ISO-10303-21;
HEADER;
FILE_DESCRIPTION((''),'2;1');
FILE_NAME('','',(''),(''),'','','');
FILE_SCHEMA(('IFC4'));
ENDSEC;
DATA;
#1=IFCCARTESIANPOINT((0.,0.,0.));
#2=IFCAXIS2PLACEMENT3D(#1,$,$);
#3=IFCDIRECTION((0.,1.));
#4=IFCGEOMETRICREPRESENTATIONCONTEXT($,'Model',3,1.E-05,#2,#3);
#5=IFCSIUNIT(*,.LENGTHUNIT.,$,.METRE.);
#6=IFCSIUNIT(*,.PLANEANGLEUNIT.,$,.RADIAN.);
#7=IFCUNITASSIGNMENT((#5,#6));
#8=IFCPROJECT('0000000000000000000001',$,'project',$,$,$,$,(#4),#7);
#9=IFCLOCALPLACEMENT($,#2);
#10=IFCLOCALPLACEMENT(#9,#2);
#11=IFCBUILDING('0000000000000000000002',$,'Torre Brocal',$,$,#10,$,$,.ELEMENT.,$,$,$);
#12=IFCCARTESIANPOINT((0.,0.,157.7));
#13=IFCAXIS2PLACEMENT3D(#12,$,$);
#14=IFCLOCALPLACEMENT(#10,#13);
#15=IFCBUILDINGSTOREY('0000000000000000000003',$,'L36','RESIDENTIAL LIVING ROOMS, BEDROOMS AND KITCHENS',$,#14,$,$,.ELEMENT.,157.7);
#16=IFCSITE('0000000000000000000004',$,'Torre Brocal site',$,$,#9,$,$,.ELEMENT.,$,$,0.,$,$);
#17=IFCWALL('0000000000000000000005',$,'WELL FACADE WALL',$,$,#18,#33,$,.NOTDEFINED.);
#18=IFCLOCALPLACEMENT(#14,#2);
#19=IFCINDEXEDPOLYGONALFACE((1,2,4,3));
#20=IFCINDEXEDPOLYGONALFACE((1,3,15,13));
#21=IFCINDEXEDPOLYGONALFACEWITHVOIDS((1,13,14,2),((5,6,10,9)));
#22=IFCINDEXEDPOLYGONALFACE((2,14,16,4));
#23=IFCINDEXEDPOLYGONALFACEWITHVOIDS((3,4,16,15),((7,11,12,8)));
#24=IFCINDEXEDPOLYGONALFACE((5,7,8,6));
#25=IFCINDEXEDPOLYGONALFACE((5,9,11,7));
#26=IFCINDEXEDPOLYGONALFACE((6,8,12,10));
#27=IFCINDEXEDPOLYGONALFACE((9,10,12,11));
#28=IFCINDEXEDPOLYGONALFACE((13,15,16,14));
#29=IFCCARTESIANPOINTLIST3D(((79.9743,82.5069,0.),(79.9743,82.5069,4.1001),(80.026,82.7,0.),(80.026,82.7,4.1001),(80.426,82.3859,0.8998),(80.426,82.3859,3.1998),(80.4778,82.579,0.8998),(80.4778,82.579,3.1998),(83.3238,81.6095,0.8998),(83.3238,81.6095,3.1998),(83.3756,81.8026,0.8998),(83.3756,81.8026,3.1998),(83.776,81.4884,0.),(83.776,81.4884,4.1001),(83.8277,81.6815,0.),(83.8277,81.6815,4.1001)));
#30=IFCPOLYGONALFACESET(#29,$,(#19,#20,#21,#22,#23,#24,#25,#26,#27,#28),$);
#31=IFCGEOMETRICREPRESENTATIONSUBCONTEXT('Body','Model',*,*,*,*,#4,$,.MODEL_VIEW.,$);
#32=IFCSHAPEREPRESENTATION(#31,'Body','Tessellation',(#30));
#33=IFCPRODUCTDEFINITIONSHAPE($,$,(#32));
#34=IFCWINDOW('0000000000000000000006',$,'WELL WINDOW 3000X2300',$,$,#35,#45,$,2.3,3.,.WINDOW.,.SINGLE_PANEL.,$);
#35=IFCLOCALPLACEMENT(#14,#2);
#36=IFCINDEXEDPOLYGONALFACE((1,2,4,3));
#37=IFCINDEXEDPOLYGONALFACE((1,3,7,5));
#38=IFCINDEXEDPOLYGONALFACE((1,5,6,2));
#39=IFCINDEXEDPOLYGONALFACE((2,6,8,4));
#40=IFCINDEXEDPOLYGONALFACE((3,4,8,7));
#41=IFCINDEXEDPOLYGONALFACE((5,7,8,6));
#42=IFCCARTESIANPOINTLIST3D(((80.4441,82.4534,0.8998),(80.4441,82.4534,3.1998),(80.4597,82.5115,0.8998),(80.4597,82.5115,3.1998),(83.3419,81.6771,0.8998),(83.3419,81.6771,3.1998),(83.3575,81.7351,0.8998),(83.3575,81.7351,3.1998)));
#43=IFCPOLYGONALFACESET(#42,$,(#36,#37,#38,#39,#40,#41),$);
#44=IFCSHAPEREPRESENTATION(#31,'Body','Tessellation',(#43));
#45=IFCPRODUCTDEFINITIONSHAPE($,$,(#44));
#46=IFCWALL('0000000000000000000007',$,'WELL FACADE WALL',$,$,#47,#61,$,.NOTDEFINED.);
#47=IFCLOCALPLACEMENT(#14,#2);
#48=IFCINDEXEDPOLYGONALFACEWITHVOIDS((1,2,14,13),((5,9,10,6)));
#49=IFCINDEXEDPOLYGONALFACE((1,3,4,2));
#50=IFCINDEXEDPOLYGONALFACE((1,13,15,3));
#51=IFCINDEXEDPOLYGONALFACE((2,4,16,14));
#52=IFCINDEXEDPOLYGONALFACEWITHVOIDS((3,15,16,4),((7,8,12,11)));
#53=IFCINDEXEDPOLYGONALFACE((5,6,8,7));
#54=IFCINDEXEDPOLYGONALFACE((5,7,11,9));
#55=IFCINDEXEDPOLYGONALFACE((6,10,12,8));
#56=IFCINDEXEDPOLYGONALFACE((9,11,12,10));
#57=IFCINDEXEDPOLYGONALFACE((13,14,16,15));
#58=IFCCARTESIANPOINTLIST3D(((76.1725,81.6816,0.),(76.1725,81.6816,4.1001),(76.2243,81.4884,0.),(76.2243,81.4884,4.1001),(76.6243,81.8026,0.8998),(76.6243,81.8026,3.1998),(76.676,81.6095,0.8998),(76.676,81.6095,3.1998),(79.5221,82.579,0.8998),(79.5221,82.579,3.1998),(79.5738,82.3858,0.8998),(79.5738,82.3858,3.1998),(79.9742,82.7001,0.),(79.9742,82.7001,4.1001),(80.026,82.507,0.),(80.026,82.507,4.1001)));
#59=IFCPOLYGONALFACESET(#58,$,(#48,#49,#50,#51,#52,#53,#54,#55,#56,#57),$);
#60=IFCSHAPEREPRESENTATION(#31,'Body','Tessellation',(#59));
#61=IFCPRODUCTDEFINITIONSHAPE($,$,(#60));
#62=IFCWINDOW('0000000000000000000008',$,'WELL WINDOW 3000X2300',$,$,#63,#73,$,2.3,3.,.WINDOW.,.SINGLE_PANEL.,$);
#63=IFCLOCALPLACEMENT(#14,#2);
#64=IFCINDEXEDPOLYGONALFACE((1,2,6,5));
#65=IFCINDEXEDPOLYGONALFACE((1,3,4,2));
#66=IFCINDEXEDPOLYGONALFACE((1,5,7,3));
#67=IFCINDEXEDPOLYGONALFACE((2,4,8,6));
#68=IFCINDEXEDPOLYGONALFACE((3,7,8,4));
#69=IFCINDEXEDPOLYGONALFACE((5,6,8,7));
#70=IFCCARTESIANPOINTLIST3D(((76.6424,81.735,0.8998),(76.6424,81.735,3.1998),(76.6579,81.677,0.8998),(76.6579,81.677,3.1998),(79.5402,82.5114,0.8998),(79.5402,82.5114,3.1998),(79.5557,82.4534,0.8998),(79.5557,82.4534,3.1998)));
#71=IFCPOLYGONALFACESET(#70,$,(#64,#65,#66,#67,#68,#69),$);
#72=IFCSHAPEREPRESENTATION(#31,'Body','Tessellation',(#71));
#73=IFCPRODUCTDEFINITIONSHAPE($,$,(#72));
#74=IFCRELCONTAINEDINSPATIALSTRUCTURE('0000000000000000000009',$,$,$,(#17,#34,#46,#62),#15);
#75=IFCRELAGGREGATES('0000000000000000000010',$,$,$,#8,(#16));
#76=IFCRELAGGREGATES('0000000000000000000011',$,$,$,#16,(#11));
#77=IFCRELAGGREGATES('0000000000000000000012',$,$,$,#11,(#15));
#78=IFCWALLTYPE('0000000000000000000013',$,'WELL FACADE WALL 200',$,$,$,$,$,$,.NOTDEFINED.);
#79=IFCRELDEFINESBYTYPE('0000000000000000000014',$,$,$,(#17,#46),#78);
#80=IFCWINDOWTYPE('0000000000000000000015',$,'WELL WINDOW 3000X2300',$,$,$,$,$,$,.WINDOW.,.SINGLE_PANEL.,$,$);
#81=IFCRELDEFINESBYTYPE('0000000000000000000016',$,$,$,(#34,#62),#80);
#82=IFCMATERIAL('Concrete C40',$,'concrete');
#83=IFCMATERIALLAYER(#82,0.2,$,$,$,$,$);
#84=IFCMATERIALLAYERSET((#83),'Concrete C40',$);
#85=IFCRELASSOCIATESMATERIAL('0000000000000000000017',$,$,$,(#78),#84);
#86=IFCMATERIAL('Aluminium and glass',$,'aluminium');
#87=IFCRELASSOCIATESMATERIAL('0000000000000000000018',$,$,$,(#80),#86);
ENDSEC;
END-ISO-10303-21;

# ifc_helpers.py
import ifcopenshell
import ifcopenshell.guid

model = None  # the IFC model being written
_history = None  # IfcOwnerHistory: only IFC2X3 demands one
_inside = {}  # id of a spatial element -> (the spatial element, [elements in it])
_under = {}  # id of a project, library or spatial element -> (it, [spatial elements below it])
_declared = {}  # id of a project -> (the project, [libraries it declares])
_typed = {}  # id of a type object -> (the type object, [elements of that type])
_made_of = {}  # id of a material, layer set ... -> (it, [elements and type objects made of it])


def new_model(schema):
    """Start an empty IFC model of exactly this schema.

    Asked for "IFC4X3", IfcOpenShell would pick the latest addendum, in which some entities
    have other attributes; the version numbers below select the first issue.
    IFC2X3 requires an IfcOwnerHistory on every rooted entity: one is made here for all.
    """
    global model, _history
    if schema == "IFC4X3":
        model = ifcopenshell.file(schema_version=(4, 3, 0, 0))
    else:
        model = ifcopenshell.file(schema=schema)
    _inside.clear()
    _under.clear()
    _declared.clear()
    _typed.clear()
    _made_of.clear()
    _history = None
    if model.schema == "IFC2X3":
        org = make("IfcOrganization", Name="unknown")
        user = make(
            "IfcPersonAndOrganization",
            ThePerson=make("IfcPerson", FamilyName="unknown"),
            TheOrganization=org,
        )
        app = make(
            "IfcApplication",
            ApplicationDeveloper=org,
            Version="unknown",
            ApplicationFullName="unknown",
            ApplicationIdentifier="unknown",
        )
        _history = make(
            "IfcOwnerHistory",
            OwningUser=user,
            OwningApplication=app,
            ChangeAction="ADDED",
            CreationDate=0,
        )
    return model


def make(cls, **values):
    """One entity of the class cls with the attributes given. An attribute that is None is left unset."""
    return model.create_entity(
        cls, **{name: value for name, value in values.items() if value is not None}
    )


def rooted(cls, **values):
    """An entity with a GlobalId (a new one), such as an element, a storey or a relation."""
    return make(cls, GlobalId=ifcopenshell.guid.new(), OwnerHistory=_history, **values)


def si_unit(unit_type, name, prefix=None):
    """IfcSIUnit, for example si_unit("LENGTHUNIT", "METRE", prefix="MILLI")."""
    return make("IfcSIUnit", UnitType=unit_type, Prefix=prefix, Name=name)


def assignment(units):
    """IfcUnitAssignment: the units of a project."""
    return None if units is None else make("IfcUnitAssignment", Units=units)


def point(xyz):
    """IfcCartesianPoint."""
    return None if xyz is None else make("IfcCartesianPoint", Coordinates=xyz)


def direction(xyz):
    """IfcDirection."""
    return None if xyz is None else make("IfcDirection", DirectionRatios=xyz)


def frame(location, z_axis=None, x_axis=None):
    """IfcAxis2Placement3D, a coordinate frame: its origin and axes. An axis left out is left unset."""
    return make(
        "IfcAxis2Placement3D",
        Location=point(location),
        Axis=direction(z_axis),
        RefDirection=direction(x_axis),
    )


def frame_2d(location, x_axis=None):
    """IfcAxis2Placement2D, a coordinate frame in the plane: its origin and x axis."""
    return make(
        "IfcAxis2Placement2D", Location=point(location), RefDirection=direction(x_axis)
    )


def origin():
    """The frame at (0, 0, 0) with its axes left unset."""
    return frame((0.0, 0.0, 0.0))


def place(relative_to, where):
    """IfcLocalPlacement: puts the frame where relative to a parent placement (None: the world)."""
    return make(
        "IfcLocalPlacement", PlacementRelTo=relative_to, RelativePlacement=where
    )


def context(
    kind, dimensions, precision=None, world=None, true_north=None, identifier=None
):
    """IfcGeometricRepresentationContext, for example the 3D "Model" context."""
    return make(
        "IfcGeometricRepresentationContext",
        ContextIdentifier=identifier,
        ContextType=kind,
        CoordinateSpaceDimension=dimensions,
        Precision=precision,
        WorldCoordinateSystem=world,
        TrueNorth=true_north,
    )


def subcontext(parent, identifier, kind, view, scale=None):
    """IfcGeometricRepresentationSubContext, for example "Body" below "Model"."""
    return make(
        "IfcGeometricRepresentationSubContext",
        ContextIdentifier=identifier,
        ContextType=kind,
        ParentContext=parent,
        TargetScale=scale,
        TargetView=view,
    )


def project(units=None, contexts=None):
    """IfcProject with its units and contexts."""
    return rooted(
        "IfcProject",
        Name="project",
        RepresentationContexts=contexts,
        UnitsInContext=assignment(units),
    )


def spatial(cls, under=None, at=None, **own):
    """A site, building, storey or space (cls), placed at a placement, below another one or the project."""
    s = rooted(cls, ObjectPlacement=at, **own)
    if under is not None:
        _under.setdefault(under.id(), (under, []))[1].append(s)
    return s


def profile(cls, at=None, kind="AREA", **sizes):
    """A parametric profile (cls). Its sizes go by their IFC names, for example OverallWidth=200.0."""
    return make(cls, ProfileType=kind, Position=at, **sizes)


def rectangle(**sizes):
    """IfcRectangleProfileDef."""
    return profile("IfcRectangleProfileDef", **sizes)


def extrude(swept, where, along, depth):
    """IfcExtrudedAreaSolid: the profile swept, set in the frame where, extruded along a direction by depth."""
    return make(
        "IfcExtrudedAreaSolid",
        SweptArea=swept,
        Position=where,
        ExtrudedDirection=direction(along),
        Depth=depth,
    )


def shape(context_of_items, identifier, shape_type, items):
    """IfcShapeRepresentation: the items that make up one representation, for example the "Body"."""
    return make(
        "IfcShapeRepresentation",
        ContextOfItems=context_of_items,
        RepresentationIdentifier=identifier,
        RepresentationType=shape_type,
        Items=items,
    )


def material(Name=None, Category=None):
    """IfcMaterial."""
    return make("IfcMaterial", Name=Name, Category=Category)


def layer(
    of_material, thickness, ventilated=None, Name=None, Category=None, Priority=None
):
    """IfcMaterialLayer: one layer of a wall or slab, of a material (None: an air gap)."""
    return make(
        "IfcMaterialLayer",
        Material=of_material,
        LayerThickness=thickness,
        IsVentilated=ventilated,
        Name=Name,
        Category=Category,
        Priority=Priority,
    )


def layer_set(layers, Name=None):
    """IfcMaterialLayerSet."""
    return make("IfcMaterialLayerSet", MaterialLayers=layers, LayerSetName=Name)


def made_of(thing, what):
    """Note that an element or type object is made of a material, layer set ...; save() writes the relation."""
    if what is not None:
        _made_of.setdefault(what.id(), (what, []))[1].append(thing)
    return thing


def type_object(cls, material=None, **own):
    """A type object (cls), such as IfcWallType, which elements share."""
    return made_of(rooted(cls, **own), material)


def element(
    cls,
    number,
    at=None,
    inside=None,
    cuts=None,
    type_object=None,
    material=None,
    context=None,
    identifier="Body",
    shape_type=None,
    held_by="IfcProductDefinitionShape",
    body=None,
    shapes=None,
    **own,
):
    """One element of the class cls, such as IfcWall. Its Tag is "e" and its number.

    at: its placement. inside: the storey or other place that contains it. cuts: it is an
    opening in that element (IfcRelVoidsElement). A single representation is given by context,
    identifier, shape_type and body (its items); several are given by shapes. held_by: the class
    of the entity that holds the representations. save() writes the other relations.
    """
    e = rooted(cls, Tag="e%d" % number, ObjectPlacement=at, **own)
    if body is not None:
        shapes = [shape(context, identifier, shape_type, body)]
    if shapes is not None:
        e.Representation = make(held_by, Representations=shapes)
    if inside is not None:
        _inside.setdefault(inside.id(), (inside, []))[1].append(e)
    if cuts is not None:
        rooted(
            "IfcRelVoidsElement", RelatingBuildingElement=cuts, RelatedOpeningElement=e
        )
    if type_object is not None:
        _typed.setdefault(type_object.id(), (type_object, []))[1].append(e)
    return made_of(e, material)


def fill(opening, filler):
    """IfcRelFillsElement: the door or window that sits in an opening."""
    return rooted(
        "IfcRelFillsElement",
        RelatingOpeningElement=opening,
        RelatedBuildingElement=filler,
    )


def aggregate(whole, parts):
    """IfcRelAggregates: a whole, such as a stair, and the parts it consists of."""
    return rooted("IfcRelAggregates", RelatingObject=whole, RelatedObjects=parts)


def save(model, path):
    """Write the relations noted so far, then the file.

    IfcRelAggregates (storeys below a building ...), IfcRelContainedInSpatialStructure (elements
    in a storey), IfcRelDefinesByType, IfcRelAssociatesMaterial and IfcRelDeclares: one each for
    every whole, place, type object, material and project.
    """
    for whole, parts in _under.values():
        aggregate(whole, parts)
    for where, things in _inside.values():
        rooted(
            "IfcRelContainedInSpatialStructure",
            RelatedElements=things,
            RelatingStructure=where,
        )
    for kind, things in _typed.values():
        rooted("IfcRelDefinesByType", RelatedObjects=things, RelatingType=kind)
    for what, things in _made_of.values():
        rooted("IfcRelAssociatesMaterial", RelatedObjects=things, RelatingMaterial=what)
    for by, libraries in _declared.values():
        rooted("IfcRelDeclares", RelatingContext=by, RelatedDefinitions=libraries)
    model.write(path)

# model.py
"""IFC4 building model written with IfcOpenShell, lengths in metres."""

from ifc_helpers import new_model, si_unit, direction, frame, frame_2d, origin, place, context, subcontext, project, spatial, rectangle, extrude, material, layer, layer_set, type_object, element, fill, save


model = new_model("IFC4")

# Units and contexts
model_context = context("Model", 3, precision=1e-05, world=origin(), true_north=direction((0.0, 1.0)))
body_context = subcontext(model_context, "Body", "Model", "MODEL_VIEW")
ifc_project = project(units=[si_unit("LENGTHUNIT", "METRE"), si_unit("PLANEANGLEUNIT", "RADIAN")], contexts=[model_context])

# Site, building, storey
site_placement = place(None, origin())
site = spatial("IfcSite", under=ifc_project, at=site_placement, Name="Torre Brocal site", CompositionType="ELEMENT", RefElevation=0.0)
building_placement = place(site_placement, origin())
building = spatial("IfcBuilding", under=site, at=building_placement, Name="Torre Brocal", CompositionType="ELEMENT")
storey_placement = place(building_placement, frame((0.0, 0.0, 157.7)))
storey = spatial("IfcBuildingStorey", under=building, at=storey_placement, Name="L36", Description="RESIDENTIAL LIVING ROOMS, BEDROOMS AND KITCHENS", CompositionType="ELEMENT", Elevation=157.7)

# Walls, openings, windows
ifc_material_1 = material(Name="Concrete C40", Category="concrete")
ifc_layer_1 = layer(ifc_material_1, 0.2)
ifc_layer_set_1 = layer_set([ifc_layer_1], Name="Concrete C40")
wall_type_1 = type_object("IfcWallType", Name="WELL FACADE WALL 200", PredefinedType="NOTDEFINED", material=ifc_layer_set_1)
ifc_material_2 = material(Name="Aluminium and glass", Category="aluminium")
window_type = type_object("IfcWindowType", Name="WELL WINDOW 3000X2300", PartitioningType="SINGLE_PANEL", PredefinedType="WINDOW", material=ifc_material_2)
wall_1_placement = place(storey_placement, frame((83.8018, 81.585, 0.0), z_axis=(0.0, 0.0, 1.0), x_axis=(-0.965934, 0.25879, 0.0)))
wall_1 = element("IfcWall", 1, at=wall_1_placement, inside=storey, type_object=wall_type_1, Name="WELL FACADE WALL", PredefinedType="NOTDEFINED", context=body_context, shape_type="SweptSolid", body=[
    extrude(rectangle(XDim=3.9358, YDim=0.2, at=frame_2d((1.9678, 0.0))), origin(), (0.0, 0.0, 1.0), 4.1001),
])
opening_1_placement = place(wall_1_placement, frame((0.468, 0.0, 0.8999)))
opening_1 = element("IfcOpeningElement", 2, at=opening_1_placement, cuts=wall_1, PredefinedType="OPENING", context=body_context, shape_type="SweptSolid", body=[
    extrude(rectangle(XDim=3.0, YDim=2.3, at=frame_2d((1.5, 1.1499))), frame((0.0, 0.1099, 0.0), z_axis=(0.0, -1.0, 0.0), x_axis=(1.0, 0.0, 0.0)), (0.0, 0.0, 1.0), 0.22),
])
window_1_placement = place(opening_1_placement, origin())
window_1 = element("IfcWindow", 3, at=window_1_placement, inside=storey, type_object=window_type, Name="WELL WINDOW 3000X2300", OverallHeight=2.3, OverallWidth=3.0, PartitioningType="SINGLE_PANEL", PredefinedType="WINDOW", context=body_context, shape_type="SweptSolid", body=[
    extrude(rectangle(XDim=3.0, YDim=2.3, at=frame_2d((1.5, 1.1499))), frame((0.0, 0.03, 0.0), z_axis=(0.0, -1.0, 0.0), x_axis=(1.0, 0.0, 0.0)), (0.0, 0.0, 1.0), 0.0601),
])
fill(opening_1, window_1)
wall_2_placement = place(storey_placement, frame((80.0, 82.6035, 0.0), z_axis=(0.0, 0.0, 1.0), x_axis=(-0.965934, -0.25879, 0.0)))
wall_2 = element("IfcWall", 4, at=wall_2_placement, inside=storey, type_object=wall_type_1, Name="WELL FACADE WALL", PredefinedType="NOTDEFINED", context=body_context, shape_type="SweptSolid", body=[
    extrude(rectangle(XDim=3.9358, YDim=0.2, at=frame_2d((1.9678, 0.0))), origin(), (0.0, 0.0, 1.0), 4.1001),
])
opening_2_placement = place(wall_2_placement, frame((0.468, 0.0, 0.8999)))
opening_2 = element("IfcOpeningElement", 5, at=opening_2_placement, cuts=wall_2, PredefinedType="OPENING", context=body_context, shape_type="SweptSolid", body=[
    extrude(rectangle(XDim=3.0, YDim=2.3, at=frame_2d((1.5, 1.1499))), frame((0.0, 0.1099, 0.0), z_axis=(0.0, -1.0, 0.0), x_axis=(1.0, 0.0, 0.0)), (0.0, 0.0, 1.0), 0.22),
])
window_2_placement = place(opening_2_placement, origin())
window_2 = element("IfcWindow", 6, at=window_2_placement, inside=storey, type_object=window_type, Name="WELL WINDOW 3000X2300", OverallHeight=2.3, OverallWidth=3.0, PartitioningType="SINGLE_PANEL", PredefinedType="WINDOW", context=body_context, shape_type="SweptSolid", body=[
    extrude(rectangle(XDim=3.0, YDim=2.3, at=frame_2d((1.5, 1.1499))), frame((0.0, 0.03, 0.0), z_axis=(0.0, -1.0, 0.0), x_axis=(1.0, 0.0, 0.0)), (0.0, 0.0, 1.0), 0.0601),
])
fill(opening_2, window_2)

save(model, "model.ifc")
